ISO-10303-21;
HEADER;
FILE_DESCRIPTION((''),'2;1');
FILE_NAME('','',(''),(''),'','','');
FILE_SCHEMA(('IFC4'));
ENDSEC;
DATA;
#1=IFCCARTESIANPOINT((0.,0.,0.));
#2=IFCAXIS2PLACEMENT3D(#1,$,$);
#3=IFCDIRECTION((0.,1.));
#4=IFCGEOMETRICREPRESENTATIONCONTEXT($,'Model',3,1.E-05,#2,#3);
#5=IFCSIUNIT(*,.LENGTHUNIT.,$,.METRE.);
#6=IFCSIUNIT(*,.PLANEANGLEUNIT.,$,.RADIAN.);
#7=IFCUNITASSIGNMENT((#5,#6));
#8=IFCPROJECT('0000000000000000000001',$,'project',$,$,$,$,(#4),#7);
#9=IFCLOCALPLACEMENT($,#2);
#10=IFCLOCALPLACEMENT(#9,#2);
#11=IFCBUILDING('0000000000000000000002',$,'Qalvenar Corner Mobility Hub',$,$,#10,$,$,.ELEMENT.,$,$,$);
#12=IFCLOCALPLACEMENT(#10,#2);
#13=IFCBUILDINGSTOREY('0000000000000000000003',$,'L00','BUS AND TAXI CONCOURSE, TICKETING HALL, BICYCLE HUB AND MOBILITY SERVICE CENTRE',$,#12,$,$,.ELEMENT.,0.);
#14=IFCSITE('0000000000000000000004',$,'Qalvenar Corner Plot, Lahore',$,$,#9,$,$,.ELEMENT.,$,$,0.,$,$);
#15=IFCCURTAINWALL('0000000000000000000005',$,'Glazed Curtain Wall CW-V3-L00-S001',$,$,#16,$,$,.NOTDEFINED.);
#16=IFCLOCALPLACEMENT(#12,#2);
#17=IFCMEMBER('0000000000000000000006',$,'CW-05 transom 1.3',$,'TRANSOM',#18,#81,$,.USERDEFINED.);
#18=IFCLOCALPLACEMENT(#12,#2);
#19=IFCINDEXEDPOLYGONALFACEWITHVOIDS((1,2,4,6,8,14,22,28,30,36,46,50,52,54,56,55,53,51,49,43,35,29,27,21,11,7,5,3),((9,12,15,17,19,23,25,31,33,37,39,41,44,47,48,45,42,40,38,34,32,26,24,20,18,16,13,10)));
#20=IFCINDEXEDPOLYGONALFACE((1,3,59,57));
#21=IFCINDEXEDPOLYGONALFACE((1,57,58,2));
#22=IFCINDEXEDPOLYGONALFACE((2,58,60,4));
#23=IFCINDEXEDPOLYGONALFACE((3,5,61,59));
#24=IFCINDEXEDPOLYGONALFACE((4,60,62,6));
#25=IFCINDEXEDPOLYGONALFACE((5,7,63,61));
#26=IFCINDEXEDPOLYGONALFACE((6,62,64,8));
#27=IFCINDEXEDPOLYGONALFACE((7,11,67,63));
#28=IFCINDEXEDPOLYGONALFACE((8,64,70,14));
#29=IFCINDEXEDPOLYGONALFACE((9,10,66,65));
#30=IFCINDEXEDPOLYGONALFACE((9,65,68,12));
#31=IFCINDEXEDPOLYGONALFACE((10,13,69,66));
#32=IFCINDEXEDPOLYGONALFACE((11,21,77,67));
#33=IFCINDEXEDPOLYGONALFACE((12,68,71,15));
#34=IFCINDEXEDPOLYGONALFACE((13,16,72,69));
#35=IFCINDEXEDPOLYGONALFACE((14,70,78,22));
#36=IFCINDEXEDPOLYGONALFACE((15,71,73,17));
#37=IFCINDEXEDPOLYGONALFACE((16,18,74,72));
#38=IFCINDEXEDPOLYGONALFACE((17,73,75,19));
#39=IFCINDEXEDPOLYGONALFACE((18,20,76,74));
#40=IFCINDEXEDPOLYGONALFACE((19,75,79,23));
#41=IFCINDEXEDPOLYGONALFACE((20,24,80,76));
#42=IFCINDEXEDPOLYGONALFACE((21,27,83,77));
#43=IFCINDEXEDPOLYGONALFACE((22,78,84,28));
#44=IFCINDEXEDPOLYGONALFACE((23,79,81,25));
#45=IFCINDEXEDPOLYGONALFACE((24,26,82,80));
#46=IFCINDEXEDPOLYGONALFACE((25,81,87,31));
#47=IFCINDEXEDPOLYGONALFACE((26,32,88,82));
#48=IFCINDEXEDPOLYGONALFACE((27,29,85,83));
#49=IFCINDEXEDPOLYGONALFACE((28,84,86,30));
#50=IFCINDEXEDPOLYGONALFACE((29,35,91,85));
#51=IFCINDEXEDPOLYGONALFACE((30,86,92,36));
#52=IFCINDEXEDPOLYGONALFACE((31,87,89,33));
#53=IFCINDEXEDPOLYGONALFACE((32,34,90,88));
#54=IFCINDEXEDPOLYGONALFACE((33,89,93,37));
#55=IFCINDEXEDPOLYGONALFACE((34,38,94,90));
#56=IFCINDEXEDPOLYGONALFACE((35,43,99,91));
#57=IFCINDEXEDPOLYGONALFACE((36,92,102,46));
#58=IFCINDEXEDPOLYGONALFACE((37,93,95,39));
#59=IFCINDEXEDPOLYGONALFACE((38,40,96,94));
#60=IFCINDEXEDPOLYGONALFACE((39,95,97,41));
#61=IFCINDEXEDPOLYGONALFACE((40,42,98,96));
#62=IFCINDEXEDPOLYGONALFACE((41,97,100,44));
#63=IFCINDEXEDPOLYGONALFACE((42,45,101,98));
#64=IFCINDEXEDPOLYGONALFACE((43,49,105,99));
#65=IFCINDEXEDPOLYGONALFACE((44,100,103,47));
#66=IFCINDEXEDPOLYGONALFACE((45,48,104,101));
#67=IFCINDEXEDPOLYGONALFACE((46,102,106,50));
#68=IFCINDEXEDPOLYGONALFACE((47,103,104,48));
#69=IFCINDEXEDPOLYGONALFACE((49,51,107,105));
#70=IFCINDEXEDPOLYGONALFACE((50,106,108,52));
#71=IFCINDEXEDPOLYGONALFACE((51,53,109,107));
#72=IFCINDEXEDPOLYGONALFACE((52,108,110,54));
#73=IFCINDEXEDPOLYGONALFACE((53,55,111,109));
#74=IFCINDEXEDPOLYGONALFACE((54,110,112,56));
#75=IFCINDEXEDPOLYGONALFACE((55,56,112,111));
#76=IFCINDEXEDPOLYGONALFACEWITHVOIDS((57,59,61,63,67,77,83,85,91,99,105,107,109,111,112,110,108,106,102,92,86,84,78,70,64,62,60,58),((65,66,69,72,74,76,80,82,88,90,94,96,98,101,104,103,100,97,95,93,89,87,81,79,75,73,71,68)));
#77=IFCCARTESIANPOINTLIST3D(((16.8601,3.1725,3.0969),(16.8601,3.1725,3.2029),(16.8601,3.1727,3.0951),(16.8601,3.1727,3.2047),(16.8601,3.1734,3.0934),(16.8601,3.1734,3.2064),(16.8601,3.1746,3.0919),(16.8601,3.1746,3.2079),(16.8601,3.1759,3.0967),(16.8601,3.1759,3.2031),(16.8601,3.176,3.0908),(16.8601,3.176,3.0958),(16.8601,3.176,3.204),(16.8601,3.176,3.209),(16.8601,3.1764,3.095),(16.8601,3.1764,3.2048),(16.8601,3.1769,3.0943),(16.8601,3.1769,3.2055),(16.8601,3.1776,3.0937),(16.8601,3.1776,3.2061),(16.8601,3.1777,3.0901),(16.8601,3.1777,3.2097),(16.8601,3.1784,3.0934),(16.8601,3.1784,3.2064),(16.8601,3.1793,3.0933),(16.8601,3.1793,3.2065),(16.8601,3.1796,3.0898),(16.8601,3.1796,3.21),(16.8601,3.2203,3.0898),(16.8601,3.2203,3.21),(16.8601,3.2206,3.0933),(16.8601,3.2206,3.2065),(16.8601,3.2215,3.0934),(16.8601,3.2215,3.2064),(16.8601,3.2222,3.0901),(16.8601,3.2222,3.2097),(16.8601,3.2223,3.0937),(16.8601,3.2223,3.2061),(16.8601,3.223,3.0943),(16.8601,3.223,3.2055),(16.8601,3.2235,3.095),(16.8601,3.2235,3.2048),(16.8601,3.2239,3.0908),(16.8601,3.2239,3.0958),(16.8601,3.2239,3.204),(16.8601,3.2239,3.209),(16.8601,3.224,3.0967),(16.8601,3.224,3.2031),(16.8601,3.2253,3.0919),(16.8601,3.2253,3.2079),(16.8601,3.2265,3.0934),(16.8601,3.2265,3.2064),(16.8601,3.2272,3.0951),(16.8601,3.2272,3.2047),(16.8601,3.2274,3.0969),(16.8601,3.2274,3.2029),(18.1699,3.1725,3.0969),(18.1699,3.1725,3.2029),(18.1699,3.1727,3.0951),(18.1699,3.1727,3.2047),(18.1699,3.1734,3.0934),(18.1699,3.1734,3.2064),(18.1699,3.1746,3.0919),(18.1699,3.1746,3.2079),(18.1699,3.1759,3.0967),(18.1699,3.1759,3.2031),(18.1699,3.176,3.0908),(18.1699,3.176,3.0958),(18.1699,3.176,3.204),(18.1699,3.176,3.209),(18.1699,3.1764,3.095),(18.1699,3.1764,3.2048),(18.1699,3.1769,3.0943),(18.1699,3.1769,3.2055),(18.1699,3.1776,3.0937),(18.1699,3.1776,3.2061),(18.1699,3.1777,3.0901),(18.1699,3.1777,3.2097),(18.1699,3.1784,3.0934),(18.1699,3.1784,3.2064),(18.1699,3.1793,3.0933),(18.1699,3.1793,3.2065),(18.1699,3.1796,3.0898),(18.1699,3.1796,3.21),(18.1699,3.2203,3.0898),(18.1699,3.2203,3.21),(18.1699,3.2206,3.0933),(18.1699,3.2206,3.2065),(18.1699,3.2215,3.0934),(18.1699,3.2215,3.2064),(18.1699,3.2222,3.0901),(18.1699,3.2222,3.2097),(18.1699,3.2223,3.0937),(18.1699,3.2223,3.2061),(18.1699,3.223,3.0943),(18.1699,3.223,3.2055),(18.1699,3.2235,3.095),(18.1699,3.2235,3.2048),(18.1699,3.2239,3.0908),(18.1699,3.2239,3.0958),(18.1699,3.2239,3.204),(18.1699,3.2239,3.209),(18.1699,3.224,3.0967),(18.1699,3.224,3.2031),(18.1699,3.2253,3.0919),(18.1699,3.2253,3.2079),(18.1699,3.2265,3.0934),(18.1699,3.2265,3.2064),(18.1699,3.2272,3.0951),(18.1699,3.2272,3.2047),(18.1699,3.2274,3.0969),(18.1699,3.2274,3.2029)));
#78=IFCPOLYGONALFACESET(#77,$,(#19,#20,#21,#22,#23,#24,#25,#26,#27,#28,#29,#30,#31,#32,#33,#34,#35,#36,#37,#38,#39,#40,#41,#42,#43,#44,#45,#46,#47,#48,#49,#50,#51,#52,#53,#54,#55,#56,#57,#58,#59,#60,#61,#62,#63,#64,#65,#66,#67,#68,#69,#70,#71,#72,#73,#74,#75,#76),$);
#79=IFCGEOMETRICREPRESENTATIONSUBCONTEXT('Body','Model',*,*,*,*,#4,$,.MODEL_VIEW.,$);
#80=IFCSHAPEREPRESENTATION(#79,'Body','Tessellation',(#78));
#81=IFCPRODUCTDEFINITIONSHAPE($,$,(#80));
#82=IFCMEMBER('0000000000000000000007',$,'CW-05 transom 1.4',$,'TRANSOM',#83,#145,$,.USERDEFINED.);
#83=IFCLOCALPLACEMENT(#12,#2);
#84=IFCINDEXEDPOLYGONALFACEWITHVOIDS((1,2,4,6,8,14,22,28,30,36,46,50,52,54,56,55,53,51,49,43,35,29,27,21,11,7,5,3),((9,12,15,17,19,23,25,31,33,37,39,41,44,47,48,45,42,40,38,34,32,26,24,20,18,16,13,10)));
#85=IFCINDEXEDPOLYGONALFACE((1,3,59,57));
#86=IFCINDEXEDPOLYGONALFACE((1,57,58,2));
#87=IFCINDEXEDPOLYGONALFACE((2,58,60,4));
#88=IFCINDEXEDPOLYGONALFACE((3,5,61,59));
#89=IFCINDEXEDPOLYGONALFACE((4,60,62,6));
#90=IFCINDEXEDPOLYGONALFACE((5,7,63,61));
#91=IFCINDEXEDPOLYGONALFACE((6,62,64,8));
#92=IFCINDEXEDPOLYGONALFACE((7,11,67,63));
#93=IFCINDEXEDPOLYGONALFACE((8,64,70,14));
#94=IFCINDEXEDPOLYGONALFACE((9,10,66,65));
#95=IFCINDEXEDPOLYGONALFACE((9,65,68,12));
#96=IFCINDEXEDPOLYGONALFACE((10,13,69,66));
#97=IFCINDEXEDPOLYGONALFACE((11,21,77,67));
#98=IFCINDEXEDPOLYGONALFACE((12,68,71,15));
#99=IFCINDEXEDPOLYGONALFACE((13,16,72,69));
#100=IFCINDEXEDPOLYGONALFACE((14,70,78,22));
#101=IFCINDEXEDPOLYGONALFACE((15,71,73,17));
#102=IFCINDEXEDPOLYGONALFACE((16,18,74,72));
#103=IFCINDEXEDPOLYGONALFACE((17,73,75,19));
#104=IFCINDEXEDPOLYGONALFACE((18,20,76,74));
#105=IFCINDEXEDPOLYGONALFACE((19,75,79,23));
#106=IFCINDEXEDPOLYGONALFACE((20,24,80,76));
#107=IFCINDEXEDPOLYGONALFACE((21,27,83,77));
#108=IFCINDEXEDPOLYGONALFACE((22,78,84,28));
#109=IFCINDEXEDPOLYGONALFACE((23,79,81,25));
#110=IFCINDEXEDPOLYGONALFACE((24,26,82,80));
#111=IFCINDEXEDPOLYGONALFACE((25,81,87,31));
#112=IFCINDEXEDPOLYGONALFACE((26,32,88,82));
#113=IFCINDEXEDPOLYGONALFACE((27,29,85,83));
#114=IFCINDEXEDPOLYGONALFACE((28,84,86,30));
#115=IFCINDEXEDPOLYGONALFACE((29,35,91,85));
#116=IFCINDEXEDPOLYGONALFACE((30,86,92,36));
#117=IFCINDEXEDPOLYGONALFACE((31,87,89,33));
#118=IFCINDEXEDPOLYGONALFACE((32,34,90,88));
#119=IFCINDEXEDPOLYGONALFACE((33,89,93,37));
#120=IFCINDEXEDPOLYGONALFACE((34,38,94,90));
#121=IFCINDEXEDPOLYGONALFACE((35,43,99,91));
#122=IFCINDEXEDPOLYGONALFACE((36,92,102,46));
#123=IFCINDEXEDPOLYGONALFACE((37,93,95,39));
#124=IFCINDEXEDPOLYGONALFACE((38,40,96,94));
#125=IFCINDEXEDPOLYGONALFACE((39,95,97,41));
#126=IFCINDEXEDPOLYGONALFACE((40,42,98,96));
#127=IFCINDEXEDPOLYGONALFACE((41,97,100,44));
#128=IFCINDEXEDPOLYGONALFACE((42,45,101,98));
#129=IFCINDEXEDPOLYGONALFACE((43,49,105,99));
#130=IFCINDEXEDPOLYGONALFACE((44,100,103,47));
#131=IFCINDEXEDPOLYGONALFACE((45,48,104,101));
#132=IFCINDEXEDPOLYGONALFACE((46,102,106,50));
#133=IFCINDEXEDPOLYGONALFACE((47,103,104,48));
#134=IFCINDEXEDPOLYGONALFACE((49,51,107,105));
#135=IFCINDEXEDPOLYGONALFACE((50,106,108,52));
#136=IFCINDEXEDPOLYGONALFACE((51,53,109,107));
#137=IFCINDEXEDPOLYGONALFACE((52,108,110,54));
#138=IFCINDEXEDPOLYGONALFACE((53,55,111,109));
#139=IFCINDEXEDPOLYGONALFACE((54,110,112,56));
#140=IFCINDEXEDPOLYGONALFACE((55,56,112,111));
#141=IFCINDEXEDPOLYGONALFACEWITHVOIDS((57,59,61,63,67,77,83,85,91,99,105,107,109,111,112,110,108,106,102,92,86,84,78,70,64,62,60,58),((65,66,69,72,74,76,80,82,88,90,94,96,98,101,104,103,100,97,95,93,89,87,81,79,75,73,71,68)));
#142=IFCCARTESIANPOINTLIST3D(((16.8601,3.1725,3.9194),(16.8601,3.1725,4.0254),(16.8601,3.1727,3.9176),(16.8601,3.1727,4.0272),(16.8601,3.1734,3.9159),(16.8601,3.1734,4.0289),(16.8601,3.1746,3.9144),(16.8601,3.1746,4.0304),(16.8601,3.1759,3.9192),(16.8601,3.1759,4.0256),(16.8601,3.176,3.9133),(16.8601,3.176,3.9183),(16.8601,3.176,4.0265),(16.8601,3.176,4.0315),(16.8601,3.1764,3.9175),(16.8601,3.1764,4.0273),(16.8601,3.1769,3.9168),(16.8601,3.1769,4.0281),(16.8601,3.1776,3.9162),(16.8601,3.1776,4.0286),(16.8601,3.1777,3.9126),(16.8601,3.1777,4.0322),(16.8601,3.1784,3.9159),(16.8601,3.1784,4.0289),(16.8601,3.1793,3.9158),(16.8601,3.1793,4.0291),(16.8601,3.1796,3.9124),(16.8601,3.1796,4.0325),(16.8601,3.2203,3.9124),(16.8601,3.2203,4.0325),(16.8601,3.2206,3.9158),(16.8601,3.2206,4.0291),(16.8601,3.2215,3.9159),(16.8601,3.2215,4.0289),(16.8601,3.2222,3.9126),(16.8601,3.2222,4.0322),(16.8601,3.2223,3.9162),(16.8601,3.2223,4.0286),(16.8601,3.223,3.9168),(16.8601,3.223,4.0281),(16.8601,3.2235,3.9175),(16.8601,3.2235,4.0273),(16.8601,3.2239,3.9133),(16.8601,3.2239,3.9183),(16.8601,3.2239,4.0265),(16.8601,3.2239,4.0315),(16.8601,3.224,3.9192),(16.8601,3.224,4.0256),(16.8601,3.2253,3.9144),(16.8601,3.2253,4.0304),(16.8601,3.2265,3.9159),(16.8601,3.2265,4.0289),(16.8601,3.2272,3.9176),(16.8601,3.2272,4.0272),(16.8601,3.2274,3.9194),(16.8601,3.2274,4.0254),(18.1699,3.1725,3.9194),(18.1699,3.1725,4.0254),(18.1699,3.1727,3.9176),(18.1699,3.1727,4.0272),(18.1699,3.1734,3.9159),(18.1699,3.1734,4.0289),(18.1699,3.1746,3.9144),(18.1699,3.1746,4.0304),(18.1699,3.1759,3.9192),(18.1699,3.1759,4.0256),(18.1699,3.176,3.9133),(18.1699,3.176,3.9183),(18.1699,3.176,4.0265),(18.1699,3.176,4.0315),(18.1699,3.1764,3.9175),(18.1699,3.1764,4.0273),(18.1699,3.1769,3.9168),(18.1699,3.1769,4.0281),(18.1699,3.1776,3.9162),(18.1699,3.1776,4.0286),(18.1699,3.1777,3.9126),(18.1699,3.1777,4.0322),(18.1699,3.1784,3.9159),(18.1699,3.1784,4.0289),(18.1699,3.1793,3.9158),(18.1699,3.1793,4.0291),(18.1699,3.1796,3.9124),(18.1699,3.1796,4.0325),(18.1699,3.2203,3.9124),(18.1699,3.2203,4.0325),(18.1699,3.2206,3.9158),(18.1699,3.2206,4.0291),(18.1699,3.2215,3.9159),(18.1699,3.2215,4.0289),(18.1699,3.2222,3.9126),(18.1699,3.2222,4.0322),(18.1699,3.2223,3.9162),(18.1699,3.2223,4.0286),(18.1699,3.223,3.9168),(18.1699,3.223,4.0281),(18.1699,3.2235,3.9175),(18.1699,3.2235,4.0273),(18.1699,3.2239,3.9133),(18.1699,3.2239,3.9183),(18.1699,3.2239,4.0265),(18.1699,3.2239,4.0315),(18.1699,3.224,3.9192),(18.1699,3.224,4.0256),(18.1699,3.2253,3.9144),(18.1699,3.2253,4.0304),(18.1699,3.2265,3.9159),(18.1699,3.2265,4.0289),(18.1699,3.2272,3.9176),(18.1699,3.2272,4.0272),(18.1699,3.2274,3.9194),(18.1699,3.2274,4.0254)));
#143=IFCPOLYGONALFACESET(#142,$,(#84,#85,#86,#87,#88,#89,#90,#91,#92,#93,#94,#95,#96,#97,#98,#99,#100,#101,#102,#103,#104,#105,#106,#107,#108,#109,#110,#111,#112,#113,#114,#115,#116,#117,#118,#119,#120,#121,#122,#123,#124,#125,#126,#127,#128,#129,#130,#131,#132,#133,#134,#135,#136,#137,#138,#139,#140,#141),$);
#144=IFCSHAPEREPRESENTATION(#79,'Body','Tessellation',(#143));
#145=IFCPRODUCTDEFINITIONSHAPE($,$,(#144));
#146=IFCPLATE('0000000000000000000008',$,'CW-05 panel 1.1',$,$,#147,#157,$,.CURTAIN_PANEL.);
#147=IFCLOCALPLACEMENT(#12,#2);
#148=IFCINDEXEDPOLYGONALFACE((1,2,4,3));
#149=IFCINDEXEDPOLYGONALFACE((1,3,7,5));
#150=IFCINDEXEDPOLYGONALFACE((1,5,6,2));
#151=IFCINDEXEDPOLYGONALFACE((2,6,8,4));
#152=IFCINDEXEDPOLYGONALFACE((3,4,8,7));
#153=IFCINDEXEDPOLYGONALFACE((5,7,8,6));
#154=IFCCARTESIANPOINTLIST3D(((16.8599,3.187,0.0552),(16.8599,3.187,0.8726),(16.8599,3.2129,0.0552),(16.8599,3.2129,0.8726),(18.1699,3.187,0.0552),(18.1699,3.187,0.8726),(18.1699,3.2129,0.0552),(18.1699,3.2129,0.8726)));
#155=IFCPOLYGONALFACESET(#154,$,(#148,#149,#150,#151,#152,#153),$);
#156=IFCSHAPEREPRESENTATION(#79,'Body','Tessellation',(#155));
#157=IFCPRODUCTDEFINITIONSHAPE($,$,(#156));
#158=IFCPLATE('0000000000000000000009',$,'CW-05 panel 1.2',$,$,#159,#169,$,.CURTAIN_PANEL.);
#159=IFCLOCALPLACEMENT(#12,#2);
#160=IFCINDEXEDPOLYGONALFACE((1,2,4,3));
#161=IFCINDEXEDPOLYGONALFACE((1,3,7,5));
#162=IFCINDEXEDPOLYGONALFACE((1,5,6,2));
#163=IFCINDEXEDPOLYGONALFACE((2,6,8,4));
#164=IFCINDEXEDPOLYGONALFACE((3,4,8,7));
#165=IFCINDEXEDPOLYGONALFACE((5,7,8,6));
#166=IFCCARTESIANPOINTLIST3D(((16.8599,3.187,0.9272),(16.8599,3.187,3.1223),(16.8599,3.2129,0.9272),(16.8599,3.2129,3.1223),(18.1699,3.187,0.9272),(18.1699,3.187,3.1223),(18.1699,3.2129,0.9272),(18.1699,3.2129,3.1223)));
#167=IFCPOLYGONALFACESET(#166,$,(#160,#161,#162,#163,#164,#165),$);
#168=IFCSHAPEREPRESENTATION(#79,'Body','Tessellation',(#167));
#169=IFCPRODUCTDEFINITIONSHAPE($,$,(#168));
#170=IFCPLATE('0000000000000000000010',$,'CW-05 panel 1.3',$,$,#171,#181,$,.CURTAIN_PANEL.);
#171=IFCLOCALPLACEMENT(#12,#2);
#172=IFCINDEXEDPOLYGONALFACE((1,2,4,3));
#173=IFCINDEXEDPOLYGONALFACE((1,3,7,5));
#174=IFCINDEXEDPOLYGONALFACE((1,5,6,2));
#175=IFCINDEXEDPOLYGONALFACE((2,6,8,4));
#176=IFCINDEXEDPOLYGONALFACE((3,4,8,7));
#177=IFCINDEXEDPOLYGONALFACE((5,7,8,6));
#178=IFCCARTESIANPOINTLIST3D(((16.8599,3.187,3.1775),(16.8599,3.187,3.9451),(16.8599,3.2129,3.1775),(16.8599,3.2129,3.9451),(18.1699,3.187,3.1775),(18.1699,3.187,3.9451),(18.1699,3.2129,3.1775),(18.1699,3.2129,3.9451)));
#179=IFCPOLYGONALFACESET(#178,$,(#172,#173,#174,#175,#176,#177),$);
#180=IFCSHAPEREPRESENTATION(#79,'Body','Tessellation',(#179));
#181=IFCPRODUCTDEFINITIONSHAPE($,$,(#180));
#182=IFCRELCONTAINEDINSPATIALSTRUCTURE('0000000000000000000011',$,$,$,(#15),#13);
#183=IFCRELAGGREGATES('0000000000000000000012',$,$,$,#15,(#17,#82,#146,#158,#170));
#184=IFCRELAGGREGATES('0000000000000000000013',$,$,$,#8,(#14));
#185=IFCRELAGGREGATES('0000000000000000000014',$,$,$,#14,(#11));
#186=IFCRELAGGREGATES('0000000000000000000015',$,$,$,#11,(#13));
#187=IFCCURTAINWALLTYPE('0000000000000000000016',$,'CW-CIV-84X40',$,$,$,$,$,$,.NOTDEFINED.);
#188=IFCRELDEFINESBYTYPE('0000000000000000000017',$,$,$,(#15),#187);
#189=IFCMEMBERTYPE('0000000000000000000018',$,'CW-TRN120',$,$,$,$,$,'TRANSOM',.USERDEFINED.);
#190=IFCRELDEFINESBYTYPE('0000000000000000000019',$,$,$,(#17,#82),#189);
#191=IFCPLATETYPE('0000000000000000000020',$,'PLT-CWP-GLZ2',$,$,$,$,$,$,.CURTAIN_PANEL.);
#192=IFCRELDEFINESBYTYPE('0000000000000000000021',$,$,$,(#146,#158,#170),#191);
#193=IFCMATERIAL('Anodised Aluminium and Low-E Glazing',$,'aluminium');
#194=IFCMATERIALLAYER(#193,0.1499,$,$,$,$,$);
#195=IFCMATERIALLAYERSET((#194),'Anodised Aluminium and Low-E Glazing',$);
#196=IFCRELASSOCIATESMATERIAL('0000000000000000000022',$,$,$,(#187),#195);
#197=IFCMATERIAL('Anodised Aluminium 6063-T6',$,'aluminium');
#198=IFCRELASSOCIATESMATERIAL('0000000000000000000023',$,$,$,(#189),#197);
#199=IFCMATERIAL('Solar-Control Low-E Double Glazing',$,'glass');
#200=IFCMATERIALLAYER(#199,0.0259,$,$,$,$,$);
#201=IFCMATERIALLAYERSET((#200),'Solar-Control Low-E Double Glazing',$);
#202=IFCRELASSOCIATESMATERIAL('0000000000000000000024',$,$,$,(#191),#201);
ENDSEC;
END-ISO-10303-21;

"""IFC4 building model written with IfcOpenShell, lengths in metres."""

from ifc_helpers import new_model, si_unit, direction, frame, origin, origin_2d, place, context, subcontext, project, spatial, rectangle, hollow_rectangle, extrude, material, layer, layer_set, material_profile, profile_set, type_object, element, aggregate, save


model = new_model("IFC4")

# Units and contexts
model_context = context("Model", 3, precision=1e-05, world=origin(), true_north=direction((0.0, 1.0)))
body_context = subcontext(model_context, "Body", "Model", "MODEL_VIEW")
ifc_project = project(units=[si_unit("LENGTHUNIT", "METRE"), si_unit("PLANEANGLEUNIT", "RADIAN")], contexts=[model_context])

# Site, building, storey
site_placement = place(None, origin())
site = spatial("IfcSite", under=ifc_project, at=site_placement, Name="Qalvenar Corner Plot, Lahore", CompositionType="ELEMENT", RefElevation=0.0)
building_placement = place(site_placement, origin())
building = spatial("IfcBuilding", under=site, at=building_placement, Name="Qalvenar Corner Mobility Hub", CompositionType="ELEMENT")
storey_placement = place(building_placement, origin())
storey = spatial("IfcBuildingStorey", under=building, at=storey_placement, Name="L00", Description="BUS AND TAXI CONCOURSE, TICKETING HALL, BICYCLE HUB AND MOBILITY SERVICE CENTRE", CompositionType="ELEMENT", Elevation=0.0)

# Curtain wall, members, plates
ifc_material_1 = material(Name="Anodised Aluminium and Low-E Glazing", Category="aluminium")
ifc_layer_1 = layer(ifc_material_1, 0.1499)
ifc_layer_set_1 = layer_set([ifc_layer_1], Name="Anodised Aluminium and Low-E Glazing")
curtain_wall_type = type_object("IfcCurtainWallType", Name="CW-CIV-84X40", PredefinedType="NOTDEFINED", material=ifc_layer_set_1)
curtain_wall_placement = place(storey_placement, origin())
curtain_wall = element("IfcCurtainWall", 1, at=curtain_wall_placement, inside=storey, type_object=curtain_wall_type, Name="Glazed Curtain Wall CW-V3-L00-S001", PredefinedType="NOTDEFINED")
ifc_material_2 = material(Name="Anodised Aluminium 6063-T6", Category="aluminium")
ifc_material_profile_1 = material_profile(ifc_material_2, hollow_rectangle(XDim=0.0549, YDim=0.1201, WallThickness=0.0034, InnerFilletRadius=0.0034, OuterFilletRadius=0.0071, at=origin_2d()), Name="RHS120x55x3.5")
ifc_profile_set_1 = profile_set([ifc_material_profile_1], Name="Anodised Aluminium 6063-T6")
member_type_1 = type_object("IfcMemberType", Name="CW-TRN120", ElementType="TRANSOM", PredefinedType="USERDEFINED", material=ifc_profile_set_1)
member_1_placement = place(storey_placement, frame((16.8601, 3.2, 3.1499), z_axis=(1.0, 0.0, 0.0), x_axis=(0.0, 1.0, 0.0)))
member_1 = element("IfcMember", 2, at=member_1_placement, type_object=member_type_1, Name="CW-05 transom 1.3", ObjectType="TRANSOM", PredefinedType="USERDEFINED", context=body_context, shape_type="SweptSolid", body=[
    extrude(hollow_rectangle(XDim=0.0549, YDim=0.1201, WallThickness=0.0034, InnerFilletRadius=0.0034, OuterFilletRadius=0.0071, at=origin_2d()), origin(), (0.0, 0.0, 1.0), 1.3098),
])
member_2_placement = place(storey_placement, frame((16.8601, 3.2, 3.9724), z_axis=(1.0, 0.0, 0.0), x_axis=(0.0, 1.0, 0.0)))
member_2 = element("IfcMember", 3, at=member_2_placement, type_object=member_type_1, Name="CW-05 transom 1.4", ObjectType="TRANSOM", PredefinedType="USERDEFINED", context=body_context, shape_type="SweptSolid", body=[
    extrude(hollow_rectangle(XDim=0.0549, YDim=0.1201, WallThickness=0.0034, InnerFilletRadius=0.0034, OuterFilletRadius=0.0071, at=origin_2d()), origin(), (0.0, 0.0, 1.0), 1.3098),
])
ifc_material_3 = material(Name="Solar-Control Low-E Double Glazing", Category="glass")
ifc_layer_2 = layer(ifc_material_3, 0.0259)
ifc_layer_set_2 = layer_set([ifc_layer_2], Name="Solar-Control Low-E Double Glazing")
plate_type = type_object("IfcPlateType", Name="PLT-CWP-GLZ2", PredefinedType="CURTAIN_PANEL", material=ifc_layer_set_2)
plate_1_placement = place(storey_placement, frame((17.5149, 3.2, 0.0552), z_axis=(0.0, 0.0, 1.0), x_axis=(1.0, 0.0, 0.0)))
plate_1 = element("IfcPlate", 4, at=plate_1_placement, type_object=plate_type, Name="CW-05 panel 1.1", PredefinedType="CURTAIN_PANEL", context=body_context, shape_type="SweptSolid", body=[
    extrude(rectangle(XDim=1.3101, YDim=0.0259, at=origin_2d()), origin(), (0.0, 0.0, 1.0), 0.8174),
])
plate_2_placement = place(storey_placement, frame((17.5149, 3.2, 0.9272), z_axis=(0.0, 0.0, 1.0), x_axis=(1.0, 0.0, 0.0)))
plate_2 = element("IfcPlate", 5, at=plate_2_placement, type_object=plate_type, Name="CW-05 panel 1.2", PredefinedType="CURTAIN_PANEL", context=body_context, shape_type="SweptSolid", body=[
    extrude(rectangle(XDim=1.3101, YDim=0.0259, at=origin_2d()), origin(), (0.0, 0.0, 1.0), 2.1951),
])
plate_3_placement = place(storey_placement, frame((17.5149, 3.2, 3.1775), z_axis=(0.0, 0.0, 1.0), x_axis=(1.0, 0.0, 0.0)))
plate_3 = element("IfcPlate", 6, at=plate_3_placement, type_object=plate_type, Name="CW-05 panel 1.3", PredefinedType="CURTAIN_PANEL", context=body_context, shape_type="SweptSolid", body=[
    extrude(rectangle(XDim=1.3101, YDim=0.0259, at=origin_2d()), origin(), (0.0, 0.0, 1.0), 0.7676),
])
aggregate(curtain_wall, [member_1, member_2, plate_1, plate_2, plate_3])

save(model, "model.ifc")
